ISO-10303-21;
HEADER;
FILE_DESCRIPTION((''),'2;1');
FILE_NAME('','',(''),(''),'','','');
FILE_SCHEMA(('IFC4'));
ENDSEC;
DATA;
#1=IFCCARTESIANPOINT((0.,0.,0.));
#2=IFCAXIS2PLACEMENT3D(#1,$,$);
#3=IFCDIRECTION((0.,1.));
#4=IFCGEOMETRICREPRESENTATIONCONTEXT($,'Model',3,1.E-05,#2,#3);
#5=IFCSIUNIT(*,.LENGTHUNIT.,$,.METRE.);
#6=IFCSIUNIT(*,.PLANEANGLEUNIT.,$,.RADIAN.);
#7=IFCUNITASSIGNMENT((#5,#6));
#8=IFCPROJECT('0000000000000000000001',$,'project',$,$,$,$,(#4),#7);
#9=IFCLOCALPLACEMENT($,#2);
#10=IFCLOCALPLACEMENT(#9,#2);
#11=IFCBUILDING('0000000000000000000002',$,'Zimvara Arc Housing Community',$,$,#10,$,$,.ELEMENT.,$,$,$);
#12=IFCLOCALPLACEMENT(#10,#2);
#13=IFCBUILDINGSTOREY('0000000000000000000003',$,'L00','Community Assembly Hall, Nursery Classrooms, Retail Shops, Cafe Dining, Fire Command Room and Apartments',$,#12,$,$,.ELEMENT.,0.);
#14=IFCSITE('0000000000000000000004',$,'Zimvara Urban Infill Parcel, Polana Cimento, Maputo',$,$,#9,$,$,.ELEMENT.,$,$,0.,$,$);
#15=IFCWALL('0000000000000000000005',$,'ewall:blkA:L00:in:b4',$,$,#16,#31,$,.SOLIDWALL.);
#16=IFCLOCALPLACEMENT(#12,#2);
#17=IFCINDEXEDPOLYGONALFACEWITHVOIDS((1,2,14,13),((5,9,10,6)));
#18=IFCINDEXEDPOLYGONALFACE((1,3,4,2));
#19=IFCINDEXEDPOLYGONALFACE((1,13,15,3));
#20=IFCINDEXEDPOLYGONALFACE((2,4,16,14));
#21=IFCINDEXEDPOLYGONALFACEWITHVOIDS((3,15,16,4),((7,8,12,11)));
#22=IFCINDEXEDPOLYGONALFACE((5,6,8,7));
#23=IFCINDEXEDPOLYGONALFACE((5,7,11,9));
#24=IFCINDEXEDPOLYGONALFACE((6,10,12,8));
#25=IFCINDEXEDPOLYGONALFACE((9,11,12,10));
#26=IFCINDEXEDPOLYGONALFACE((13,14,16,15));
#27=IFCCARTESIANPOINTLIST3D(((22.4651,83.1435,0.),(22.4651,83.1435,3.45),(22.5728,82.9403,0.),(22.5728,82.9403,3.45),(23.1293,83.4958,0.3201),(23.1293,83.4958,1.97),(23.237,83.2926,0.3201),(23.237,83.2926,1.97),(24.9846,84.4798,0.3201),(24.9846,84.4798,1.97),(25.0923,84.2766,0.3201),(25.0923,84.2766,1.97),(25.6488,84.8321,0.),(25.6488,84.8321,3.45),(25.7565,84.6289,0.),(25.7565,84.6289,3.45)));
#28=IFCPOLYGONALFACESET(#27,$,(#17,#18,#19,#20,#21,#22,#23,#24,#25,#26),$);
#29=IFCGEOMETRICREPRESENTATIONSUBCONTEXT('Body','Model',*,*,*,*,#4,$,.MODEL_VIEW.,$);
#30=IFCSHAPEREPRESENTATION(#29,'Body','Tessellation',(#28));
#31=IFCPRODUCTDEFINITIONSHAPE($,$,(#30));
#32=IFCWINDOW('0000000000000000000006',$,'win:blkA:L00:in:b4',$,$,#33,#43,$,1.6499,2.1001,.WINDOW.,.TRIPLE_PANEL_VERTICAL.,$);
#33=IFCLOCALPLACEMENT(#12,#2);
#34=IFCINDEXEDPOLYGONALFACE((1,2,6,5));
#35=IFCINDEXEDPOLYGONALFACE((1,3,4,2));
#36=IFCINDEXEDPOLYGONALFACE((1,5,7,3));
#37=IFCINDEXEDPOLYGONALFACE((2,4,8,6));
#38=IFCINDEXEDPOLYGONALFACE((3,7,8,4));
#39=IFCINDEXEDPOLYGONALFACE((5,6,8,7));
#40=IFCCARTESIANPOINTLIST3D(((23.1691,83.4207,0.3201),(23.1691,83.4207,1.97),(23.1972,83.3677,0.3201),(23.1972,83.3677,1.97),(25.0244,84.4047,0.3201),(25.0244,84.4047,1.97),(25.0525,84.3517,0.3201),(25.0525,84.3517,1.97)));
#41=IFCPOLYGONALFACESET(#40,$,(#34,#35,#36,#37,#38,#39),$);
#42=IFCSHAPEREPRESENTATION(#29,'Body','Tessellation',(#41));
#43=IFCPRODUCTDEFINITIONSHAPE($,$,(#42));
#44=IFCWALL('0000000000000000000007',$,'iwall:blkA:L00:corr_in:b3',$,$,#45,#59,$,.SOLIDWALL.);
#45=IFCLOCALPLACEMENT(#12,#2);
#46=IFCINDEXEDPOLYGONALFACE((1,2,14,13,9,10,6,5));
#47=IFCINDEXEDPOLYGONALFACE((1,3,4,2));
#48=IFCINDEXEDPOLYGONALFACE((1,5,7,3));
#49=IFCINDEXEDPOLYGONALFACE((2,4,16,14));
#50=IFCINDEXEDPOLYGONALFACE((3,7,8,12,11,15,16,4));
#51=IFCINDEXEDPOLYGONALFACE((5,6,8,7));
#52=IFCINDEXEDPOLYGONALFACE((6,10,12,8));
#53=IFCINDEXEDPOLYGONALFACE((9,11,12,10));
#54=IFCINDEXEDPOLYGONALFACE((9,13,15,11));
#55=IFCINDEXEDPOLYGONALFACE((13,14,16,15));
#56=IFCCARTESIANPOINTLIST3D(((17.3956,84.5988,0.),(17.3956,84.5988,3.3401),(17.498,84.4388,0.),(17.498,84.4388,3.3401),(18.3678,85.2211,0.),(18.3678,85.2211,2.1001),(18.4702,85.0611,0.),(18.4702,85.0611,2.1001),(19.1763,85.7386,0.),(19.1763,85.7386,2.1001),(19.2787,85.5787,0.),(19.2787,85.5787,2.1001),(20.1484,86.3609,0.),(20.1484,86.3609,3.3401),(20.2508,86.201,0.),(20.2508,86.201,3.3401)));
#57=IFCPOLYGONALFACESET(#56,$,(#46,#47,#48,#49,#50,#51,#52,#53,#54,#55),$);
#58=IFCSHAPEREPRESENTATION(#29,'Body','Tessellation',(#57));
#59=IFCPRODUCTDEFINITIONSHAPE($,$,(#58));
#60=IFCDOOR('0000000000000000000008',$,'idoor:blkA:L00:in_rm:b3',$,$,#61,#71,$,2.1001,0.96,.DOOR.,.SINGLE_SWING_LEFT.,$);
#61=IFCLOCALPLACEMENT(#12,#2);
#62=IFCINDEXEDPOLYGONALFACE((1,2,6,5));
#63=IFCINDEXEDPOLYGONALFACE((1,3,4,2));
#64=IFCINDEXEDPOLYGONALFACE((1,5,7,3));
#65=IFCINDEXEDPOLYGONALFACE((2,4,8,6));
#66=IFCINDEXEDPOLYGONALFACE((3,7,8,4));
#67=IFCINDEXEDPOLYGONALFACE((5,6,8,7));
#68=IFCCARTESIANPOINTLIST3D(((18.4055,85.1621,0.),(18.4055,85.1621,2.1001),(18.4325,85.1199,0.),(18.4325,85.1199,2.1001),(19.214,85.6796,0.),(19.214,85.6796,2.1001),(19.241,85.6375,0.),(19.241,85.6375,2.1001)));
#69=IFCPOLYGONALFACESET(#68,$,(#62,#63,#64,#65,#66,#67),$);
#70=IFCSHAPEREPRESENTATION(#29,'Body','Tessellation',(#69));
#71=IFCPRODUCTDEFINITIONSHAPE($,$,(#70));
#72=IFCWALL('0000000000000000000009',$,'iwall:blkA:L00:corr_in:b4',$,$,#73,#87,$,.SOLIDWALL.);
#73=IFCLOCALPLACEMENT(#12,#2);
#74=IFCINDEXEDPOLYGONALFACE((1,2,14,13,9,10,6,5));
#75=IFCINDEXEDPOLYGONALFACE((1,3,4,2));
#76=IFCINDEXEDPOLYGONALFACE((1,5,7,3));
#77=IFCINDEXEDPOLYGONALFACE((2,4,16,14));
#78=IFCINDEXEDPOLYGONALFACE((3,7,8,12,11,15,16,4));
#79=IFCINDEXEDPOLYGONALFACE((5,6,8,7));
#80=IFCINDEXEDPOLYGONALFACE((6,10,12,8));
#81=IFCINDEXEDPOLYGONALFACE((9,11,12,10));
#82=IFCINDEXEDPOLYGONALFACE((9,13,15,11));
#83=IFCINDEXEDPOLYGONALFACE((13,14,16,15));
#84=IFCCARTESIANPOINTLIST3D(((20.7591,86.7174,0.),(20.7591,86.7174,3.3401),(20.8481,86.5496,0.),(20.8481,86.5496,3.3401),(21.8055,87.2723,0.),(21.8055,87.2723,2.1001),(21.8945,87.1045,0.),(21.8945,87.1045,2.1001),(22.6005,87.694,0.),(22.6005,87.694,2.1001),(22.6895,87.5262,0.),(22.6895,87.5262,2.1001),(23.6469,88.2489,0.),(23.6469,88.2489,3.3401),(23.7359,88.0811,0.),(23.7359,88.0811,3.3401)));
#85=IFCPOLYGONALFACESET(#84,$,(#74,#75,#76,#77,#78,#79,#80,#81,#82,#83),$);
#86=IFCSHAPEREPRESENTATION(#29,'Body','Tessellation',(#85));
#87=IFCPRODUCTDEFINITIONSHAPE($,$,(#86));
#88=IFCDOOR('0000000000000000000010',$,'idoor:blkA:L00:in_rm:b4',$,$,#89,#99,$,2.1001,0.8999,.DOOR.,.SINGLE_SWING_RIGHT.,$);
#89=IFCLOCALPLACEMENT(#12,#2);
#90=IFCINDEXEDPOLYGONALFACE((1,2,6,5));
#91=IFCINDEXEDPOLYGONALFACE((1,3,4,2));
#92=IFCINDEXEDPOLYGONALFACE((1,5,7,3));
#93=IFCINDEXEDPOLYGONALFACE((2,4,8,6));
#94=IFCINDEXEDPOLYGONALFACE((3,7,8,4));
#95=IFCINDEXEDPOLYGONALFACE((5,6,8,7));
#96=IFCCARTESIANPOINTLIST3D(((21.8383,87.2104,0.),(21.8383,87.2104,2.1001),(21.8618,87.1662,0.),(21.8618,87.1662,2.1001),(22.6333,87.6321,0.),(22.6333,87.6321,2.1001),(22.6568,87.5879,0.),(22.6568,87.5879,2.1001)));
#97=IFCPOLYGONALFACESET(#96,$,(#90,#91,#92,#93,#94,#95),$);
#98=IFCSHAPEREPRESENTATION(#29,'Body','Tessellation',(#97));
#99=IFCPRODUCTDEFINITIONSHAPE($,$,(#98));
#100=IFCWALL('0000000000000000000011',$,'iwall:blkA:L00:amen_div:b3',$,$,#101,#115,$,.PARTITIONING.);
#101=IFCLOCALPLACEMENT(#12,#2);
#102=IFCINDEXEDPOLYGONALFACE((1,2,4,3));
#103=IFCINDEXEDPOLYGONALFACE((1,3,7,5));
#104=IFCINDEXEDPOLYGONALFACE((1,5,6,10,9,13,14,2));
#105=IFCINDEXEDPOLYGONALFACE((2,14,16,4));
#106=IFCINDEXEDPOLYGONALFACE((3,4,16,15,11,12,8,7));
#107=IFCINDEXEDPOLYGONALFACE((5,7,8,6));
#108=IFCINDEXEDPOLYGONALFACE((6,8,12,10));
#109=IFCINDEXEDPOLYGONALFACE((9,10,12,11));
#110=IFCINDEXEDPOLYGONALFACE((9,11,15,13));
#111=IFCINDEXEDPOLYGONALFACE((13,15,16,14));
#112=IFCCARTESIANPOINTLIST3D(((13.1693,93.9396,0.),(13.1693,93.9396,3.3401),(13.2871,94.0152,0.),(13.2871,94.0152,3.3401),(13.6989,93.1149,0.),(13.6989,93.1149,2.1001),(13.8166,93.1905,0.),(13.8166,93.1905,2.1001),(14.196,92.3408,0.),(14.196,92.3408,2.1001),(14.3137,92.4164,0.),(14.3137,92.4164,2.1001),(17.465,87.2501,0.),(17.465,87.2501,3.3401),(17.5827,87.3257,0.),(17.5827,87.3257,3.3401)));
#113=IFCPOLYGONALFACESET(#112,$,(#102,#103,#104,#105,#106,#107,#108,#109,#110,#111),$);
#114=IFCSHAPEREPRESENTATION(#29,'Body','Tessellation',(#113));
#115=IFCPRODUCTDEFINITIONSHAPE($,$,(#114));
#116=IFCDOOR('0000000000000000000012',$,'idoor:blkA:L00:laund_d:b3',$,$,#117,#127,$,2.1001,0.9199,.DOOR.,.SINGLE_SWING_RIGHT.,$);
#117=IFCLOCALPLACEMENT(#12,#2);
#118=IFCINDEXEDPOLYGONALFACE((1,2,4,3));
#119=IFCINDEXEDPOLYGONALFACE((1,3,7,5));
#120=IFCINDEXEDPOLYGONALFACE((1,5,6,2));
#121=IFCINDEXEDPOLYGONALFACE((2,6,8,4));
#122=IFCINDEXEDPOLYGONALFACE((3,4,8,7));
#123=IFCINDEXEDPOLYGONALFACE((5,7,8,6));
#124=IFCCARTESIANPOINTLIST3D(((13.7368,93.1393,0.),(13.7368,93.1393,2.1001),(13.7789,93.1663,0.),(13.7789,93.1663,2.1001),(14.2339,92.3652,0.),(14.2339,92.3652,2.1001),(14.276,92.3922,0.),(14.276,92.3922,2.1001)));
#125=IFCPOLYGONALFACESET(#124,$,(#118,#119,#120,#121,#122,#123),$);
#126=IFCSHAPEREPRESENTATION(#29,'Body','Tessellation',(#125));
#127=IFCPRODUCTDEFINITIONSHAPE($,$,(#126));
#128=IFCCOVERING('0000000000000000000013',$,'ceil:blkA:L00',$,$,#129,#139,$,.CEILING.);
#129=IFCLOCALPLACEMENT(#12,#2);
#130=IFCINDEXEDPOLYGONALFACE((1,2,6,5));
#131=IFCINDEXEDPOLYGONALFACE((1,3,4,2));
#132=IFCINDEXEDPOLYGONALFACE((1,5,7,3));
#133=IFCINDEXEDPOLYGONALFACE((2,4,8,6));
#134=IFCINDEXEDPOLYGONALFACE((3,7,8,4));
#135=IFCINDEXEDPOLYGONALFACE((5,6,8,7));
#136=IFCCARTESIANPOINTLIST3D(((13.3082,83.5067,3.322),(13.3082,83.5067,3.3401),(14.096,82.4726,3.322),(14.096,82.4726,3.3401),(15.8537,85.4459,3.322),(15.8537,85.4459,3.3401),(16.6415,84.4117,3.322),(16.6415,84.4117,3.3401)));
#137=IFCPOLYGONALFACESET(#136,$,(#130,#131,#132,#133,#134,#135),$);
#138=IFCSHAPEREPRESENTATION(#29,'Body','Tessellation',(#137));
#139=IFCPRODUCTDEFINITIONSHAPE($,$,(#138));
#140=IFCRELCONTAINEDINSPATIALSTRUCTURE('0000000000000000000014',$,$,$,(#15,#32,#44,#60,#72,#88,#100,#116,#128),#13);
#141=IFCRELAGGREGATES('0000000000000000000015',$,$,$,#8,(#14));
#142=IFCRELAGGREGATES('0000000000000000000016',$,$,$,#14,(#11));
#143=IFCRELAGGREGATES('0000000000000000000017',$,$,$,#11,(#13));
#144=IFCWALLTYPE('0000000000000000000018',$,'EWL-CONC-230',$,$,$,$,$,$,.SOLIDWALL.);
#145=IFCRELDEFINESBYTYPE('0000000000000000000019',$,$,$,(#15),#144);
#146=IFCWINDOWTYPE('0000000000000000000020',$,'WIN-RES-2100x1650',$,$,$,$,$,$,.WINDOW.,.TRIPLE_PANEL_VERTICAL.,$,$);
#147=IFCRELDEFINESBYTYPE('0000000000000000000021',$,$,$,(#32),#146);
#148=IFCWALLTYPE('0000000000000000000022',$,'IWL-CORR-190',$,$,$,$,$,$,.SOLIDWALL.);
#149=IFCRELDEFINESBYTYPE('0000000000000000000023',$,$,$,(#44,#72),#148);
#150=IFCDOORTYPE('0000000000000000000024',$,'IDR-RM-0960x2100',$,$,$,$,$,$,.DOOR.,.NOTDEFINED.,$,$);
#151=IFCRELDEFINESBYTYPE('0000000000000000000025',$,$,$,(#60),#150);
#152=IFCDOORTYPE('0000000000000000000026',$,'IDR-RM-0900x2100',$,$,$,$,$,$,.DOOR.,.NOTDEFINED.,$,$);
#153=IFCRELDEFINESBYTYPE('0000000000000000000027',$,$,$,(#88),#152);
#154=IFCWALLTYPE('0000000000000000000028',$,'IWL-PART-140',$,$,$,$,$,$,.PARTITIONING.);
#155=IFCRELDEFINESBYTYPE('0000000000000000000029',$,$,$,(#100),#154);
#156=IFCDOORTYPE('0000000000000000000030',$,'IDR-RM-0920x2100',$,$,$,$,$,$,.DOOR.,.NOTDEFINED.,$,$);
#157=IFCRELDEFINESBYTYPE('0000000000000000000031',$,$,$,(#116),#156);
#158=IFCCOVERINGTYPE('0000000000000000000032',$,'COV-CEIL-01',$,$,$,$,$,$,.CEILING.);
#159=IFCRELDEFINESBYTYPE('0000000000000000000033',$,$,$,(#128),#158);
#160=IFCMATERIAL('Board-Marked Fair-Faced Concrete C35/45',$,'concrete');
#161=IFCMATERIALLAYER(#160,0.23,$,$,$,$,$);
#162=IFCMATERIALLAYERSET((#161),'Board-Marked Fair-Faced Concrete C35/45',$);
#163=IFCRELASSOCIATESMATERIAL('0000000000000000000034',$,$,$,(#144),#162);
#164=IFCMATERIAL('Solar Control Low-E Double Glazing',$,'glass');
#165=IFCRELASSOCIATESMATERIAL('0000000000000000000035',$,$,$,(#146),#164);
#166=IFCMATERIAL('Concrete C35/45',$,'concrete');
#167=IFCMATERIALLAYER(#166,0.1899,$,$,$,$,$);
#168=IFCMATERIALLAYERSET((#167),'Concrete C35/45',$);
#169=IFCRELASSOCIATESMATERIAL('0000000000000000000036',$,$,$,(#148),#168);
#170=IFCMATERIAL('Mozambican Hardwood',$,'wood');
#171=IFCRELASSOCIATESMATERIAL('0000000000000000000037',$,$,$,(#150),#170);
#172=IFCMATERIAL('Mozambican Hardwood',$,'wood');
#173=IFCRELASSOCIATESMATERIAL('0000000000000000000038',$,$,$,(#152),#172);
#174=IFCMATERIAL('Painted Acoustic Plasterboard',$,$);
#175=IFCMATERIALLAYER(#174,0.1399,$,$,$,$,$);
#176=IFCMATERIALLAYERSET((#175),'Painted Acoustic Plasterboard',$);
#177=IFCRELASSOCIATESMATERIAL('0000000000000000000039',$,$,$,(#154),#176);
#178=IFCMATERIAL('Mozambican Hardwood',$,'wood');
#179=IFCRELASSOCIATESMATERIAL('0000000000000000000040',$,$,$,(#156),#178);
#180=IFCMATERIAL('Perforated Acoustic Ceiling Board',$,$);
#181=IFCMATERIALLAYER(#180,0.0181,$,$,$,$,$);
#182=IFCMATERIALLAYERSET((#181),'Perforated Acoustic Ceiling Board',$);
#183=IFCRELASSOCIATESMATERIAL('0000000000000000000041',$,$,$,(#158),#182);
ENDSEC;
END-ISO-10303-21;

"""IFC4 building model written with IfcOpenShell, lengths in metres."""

from ifc_helpers import new_model, si_unit, direction, frame, frame_2d, origin, origin_2d, place, context, subcontext, project, spatial, rectangle, extrude, material, layer, layer_set, type_object, element, fill, save


model = new_model("IFC4")

# Units and contexts
model_context = context("Model", 3, precision=1e-05, world=origin(), true_north=direction((0.0, 1.0)))
body_context = subcontext(model_context, "Body", "Model", "MODEL_VIEW")
ifc_project = project(units=[si_unit("LENGTHUNIT", "METRE"), si_unit("PLANEANGLEUNIT", "RADIAN")], contexts=[model_context])

# Site, building, storey
site_placement = place(None, origin())
site = spatial("IfcSite", under=ifc_project, at=site_placement, Name="Zimvara Urban Infill Parcel, Polana Cimento, Maputo", CompositionType="ELEMENT", RefElevation=0.0)
building_placement = place(site_placement, origin())
building = spatial("IfcBuilding", under=site, at=building_placement, Name="Zimvara Arc Housing Community", CompositionType="ELEMENT")
storey_placement = place(building_placement, origin())
storey = spatial("IfcBuildingStorey", under=building, at=storey_placement, Name="L00", Description="Community Assembly Hall, Nursery Classrooms, Retail Shops, Cafe Dining, Fire Command Room and Apartments", CompositionType="ELEMENT", Elevation=0.0)

# Wall, opening, window
ifc_material_1 = material(Name="Board-Marked Fair-Faced Concrete C35/45", Category="concrete")
ifc_layer_1 = layer(ifc_material_1, 0.23)
ifc_layer_set_1 = layer_set([ifc_layer_1], Name="Board-Marked Fair-Faced Concrete C35/45")
wall_type_1 = type_object("IfcWallType", Name="EWL-CONC-230", PredefinedType="SOLIDWALL", material=ifc_layer_set_1)
wall_1_placement = place(storey_placement, frame((22.519, 83.042, 0.0), z_axis=(0.0, 0.0, 1.0), x_axis=(0.883438, 0.468547, 0.0)))
wall_1 = element("IfcWall", 1, at=wall_1_placement, inside=storey, type_object=wall_type_1, Name="ewall:blkA:L00:in:b4", PredefinedType="SOLIDWALL", context=body_context, shape_type="SweptSolid", body=[
    extrude(rectangle(XDim=3.6038, YDim=0.23, at=frame_2d((1.8018, 0.0))), origin(), (0.0, 0.0, 1.0), 3.45),
])
opening_1_placement = place(wall_1_placement, frame((0.7517, 0.0, 0.3201)))
opening_1 = element("IfcOpeningElement", 2, at=opening_1_placement, cuts=wall_1, PredefinedType="OPENING", context=body_context, shape_type="SweptSolid", body=[
    extrude(rectangle(XDim=2.1001, YDim=1.6499, at=frame_2d((1.05, 0.825))), frame((0.0, 0.125, 0.0), z_axis=(0.0, -1.0, 0.0), x_axis=(1.0, 0.0, 0.0)), (0.0, 0.0, 1.0), 0.25),
])
ifc_material_2 = material(Name="Solar Control Low-E Double Glazing", Category="glass")
window_type = type_object("IfcWindowType", Name="WIN-RES-2100x1650", PartitioningType="TRIPLE_PANEL_VERTICAL", PredefinedType="WINDOW", material=ifc_material_2)
window_placement = place(opening_1_placement, origin())
window = element("IfcWindow", 3, at=window_placement, inside=storey, type_object=window_type, Name="win:blkA:L00:in:b4", OverallHeight=1.6499, OverallWidth=2.1001, PartitioningType="TRIPLE_PANEL_VERTICAL", PredefinedType="WINDOW", context=body_context, shape_type="SweptSolid", body=[
    extrude(rectangle(XDim=2.1001, YDim=1.6499, at=frame_2d((1.05, 0.825))), frame((0.0, 0.03, 0.0), z_axis=(0.0, -1.0, 0.0), x_axis=(1.0, 0.0, 0.0)), (0.0, 0.0, 1.0), 0.0601),
])
fill(opening_1, window)

# Walls, openings, doors
ifc_material_3 = material(Name="Concrete C35/45", Category="concrete")
ifc_layer_2 = layer(ifc_material_3, 0.1899)
ifc_layer_set_2 = layer_set([ifc_layer_2], Name="Concrete C35/45")
wall_type_2 = type_object("IfcWallType", Name="IWL-CORR-190", PredefinedType="SOLIDWALL", material=ifc_layer_set_2)
wall_2_placement = place(storey_placement, frame((17.4468, 84.5188, 0.0), z_axis=(0.0, 0.0, 1.0), x_axis=(0.842225, 0.539126, 0.0)))
wall_2 = element("IfcWall", 4, at=wall_2_placement, inside=storey, type_object=wall_type_2, Name="iwall:blkA:L00:corr_in:b3", PredefinedType="SOLIDWALL", context=body_context, shape_type="SweptSolid", body=[
    extrude(rectangle(XDim=3.2686, YDim=0.1899, at=frame_2d((1.6343, 0.0))), origin(), (0.0, 0.0, 1.0), 3.3401),
])
opening_2_placement = place(wall_2_placement, frame((1.1543, 0.0, 0.0)))
opening_2 = element("IfcOpeningElement", 5, at=opening_2_placement, cuts=wall_2, PredefinedType="OPENING", context=body_context, shape_type="SweptSolid", body=[
    extrude(rectangle(XDim=0.96, YDim=2.1001, at=frame_2d((0.48, 1.05))), frame((0.0, 0.105, 0.0), z_axis=(0.0, -1.0, 0.0), x_axis=(1.0, 0.0, 0.0)), (0.0, 0.0, 1.0), 0.21),
])
ifc_material_4 = material(Name="Mozambican Hardwood", Category="wood")
door_type_1 = type_object("IfcDoorType", Name="IDR-RM-0960x2100", OperationType="NOTDEFINED", PredefinedType="DOOR", material=ifc_material_4)
door_1_placement = place(opening_2_placement, origin())
door_1 = element("IfcDoor", 6, at=door_1_placement, inside=storey, type_object=door_type_1, Name="idoor:blkA:L00:in_rm:b3", OperationType="SINGLE_SWING_LEFT", OverallHeight=2.1001, OverallWidth=0.96, PredefinedType="DOOR", context=body_context, shape_type="SweptSolid", body=[
    extrude(rectangle(XDim=0.96, YDim=2.1001, at=frame_2d((0.48, 1.05))), frame((0.0, 0.0249, 0.0), z_axis=(0.0, -1.0, 0.0), x_axis=(1.0, 0.0, 0.0)), (0.0, 0.0, 1.0), 0.05),
])
fill(opening_2, door_1)
wall_3_placement = place(storey_placement, frame((20.8037, 86.6335, 0.0), z_axis=(0.0, 0.0, 1.0), x_axis=(0.883444, 0.468536, 0.0)))
wall_3 = element("IfcWall", 7, at=wall_3_placement, inside=storey, type_object=wall_type_2, Name="iwall:blkA:L00:corr_in:b4", PredefinedType="SOLIDWALL", context=body_context, shape_type="SweptSolid", body=[
    extrude(rectangle(XDim=3.2688, YDim=0.1899, at=frame_2d((1.6343, 0.0))), origin(), (0.0, 0.0, 1.0), 3.3401),
])
opening_3_placement = place(wall_3_placement, frame((1.1843, 0.0, 0.0)))
opening_3 = element("IfcOpeningElement", 8, at=opening_3_placement, cuts=wall_3, PredefinedType="OPENING", context=body_context, shape_type="SweptSolid", body=[
    extrude(rectangle(XDim=0.8999, YDim=2.1001, at=frame_2d((0.45, 1.05))), frame((0.0, 0.105, 0.0), z_axis=(0.0, -1.0, 0.0), x_axis=(1.0, 0.0, 0.0)), (0.0, 0.0, 1.0), 0.21),
])
ifc_material_5 = material(Name="Mozambican Hardwood", Category="wood")
door_type_2 = type_object("IfcDoorType", Name="IDR-RM-0900x2100", OperationType="NOTDEFINED", PredefinedType="DOOR", material=ifc_material_5)
door_2_placement = place(opening_3_placement, origin())
door_2 = element("IfcDoor", 9, at=door_2_placement, inside=storey, type_object=door_type_2, Name="idoor:blkA:L00:in_rm:b4", OperationType="SINGLE_SWING_RIGHT", OverallHeight=2.1001, OverallWidth=0.8999, PredefinedType="DOOR", context=body_context, shape_type="SweptSolid", body=[
    extrude(rectangle(XDim=0.8999, YDim=2.1001, at=frame_2d((0.45, 1.05))), frame((0.0, 0.0249, 0.0), z_axis=(0.0, -1.0, 0.0), x_axis=(1.0, 0.0, 0.0)), (0.0, 0.0, 1.0), 0.05),
])
fill(opening_3, door_2)

# Wall, opening, door
ifc_material_6 = material(Name="Painted Acoustic Plasterboard")
ifc_layer_3 = layer(ifc_material_6, 0.1399)
ifc_layer_set_3 = layer_set([ifc_layer_3], Name="Painted Acoustic Plasterboard")
wall_type_3 = type_object("IfcWallType", Name="IWL-PART-140", PredefinedType="PARTITIONING", material=ifc_layer_set_3)
wall_4_placement = place(storey_placement, frame((17.5239, 87.2878, 0.0), z_axis=(0.0, 0.0, 1.0), x_axis=(-0.540338, 0.841448, 0.0)))
wall_4 = element("IfcWall", 10, at=wall_4_placement, inside=storey, type_object=wall_type_3, Name="iwall:blkA:L00:amen_div:b3", PredefinedType="PARTITIONING", context=body_context, shape_type="SweptSolid", body=[
    extrude(rectangle(XDim=7.95, YDim=0.1399, at=frame_2d((3.9751, 0.0))), origin(), (0.0, 0.0, 1.0), 3.3401),
])
opening_4_placement = place(wall_4_placement, frame((6.05, 0.0, 0.0)))
opening_4 = element("IfcOpeningElement", 11, at=opening_4_placement, cuts=wall_4, PredefinedType="OPENING", context=body_context, shape_type="SweptSolid", body=[
    extrude(rectangle(XDim=0.9199, YDim=2.1001, at=frame_2d((0.46, 1.05))), frame((0.0, 0.0798, 0.0), z_axis=(0.0, -1.0, 0.0), x_axis=(1.0, 0.0, 0.0)), (0.0, 0.0, 1.0), 0.1599),
])
ifc_material_7 = material(Name="Mozambican Hardwood", Category="wood")
door_type_3 = type_object("IfcDoorType", Name="IDR-RM-0920x2100", OperationType="NOTDEFINED", PredefinedType="DOOR", material=ifc_material_7)
door_3_placement = place(opening_4_placement, origin())
door_3 = element("IfcDoor", 12, at=door_3_placement, inside=storey, type_object=door_type_3, Name="idoor:blkA:L00:laund_d:b3", OperationType="SINGLE_SWING_RIGHT", OverallHeight=2.1001, OverallWidth=0.9199, PredefinedType="DOOR", context=body_context, shape_type="SweptSolid", body=[
    extrude(rectangle(XDim=0.9199, YDim=2.1001, at=frame_2d((0.46, 1.05))), frame((0.0, 0.0249, 0.0), z_axis=(0.0, -1.0, 0.0), x_axis=(1.0, 0.0, 0.0)), (0.0, 0.0, 1.0), 0.05),
])
fill(opening_4, door_3)

# Covering
ifc_material_8 = material(Name="Perforated Acoustic Ceiling Board")
ifc_layer_4 = layer(ifc_material_8, 0.0181)
ifc_layer_set_4 = layer_set([ifc_layer_4], Name="Perforated Acoustic Ceiling Board")
covering_type = type_object("IfcCoveringType", Name="COV-CEIL-01", PredefinedType="CEILING", material=ifc_layer_set_4)
covering_placement = place(storey_placement, frame((14.9749, 83.9592, 3.322), z_axis=(0.0, 0.0, 1.0), x_axis=(-0.605988, 0.795473, 0.0)))
element("IfcCovering", 13, at=covering_placement, inside=storey, type_object=covering_type, Name="ceil:blkA:L00", PredefinedType="CEILING", context=body_context, shape_type="SweptSolid", body=[
    extrude(rectangle(XDim=1.3, YDim=3.2, at=origin_2d()), origin(), (0.0, 0.0, 1.0), 0.0181),
])

save(model, "model.ifc")
